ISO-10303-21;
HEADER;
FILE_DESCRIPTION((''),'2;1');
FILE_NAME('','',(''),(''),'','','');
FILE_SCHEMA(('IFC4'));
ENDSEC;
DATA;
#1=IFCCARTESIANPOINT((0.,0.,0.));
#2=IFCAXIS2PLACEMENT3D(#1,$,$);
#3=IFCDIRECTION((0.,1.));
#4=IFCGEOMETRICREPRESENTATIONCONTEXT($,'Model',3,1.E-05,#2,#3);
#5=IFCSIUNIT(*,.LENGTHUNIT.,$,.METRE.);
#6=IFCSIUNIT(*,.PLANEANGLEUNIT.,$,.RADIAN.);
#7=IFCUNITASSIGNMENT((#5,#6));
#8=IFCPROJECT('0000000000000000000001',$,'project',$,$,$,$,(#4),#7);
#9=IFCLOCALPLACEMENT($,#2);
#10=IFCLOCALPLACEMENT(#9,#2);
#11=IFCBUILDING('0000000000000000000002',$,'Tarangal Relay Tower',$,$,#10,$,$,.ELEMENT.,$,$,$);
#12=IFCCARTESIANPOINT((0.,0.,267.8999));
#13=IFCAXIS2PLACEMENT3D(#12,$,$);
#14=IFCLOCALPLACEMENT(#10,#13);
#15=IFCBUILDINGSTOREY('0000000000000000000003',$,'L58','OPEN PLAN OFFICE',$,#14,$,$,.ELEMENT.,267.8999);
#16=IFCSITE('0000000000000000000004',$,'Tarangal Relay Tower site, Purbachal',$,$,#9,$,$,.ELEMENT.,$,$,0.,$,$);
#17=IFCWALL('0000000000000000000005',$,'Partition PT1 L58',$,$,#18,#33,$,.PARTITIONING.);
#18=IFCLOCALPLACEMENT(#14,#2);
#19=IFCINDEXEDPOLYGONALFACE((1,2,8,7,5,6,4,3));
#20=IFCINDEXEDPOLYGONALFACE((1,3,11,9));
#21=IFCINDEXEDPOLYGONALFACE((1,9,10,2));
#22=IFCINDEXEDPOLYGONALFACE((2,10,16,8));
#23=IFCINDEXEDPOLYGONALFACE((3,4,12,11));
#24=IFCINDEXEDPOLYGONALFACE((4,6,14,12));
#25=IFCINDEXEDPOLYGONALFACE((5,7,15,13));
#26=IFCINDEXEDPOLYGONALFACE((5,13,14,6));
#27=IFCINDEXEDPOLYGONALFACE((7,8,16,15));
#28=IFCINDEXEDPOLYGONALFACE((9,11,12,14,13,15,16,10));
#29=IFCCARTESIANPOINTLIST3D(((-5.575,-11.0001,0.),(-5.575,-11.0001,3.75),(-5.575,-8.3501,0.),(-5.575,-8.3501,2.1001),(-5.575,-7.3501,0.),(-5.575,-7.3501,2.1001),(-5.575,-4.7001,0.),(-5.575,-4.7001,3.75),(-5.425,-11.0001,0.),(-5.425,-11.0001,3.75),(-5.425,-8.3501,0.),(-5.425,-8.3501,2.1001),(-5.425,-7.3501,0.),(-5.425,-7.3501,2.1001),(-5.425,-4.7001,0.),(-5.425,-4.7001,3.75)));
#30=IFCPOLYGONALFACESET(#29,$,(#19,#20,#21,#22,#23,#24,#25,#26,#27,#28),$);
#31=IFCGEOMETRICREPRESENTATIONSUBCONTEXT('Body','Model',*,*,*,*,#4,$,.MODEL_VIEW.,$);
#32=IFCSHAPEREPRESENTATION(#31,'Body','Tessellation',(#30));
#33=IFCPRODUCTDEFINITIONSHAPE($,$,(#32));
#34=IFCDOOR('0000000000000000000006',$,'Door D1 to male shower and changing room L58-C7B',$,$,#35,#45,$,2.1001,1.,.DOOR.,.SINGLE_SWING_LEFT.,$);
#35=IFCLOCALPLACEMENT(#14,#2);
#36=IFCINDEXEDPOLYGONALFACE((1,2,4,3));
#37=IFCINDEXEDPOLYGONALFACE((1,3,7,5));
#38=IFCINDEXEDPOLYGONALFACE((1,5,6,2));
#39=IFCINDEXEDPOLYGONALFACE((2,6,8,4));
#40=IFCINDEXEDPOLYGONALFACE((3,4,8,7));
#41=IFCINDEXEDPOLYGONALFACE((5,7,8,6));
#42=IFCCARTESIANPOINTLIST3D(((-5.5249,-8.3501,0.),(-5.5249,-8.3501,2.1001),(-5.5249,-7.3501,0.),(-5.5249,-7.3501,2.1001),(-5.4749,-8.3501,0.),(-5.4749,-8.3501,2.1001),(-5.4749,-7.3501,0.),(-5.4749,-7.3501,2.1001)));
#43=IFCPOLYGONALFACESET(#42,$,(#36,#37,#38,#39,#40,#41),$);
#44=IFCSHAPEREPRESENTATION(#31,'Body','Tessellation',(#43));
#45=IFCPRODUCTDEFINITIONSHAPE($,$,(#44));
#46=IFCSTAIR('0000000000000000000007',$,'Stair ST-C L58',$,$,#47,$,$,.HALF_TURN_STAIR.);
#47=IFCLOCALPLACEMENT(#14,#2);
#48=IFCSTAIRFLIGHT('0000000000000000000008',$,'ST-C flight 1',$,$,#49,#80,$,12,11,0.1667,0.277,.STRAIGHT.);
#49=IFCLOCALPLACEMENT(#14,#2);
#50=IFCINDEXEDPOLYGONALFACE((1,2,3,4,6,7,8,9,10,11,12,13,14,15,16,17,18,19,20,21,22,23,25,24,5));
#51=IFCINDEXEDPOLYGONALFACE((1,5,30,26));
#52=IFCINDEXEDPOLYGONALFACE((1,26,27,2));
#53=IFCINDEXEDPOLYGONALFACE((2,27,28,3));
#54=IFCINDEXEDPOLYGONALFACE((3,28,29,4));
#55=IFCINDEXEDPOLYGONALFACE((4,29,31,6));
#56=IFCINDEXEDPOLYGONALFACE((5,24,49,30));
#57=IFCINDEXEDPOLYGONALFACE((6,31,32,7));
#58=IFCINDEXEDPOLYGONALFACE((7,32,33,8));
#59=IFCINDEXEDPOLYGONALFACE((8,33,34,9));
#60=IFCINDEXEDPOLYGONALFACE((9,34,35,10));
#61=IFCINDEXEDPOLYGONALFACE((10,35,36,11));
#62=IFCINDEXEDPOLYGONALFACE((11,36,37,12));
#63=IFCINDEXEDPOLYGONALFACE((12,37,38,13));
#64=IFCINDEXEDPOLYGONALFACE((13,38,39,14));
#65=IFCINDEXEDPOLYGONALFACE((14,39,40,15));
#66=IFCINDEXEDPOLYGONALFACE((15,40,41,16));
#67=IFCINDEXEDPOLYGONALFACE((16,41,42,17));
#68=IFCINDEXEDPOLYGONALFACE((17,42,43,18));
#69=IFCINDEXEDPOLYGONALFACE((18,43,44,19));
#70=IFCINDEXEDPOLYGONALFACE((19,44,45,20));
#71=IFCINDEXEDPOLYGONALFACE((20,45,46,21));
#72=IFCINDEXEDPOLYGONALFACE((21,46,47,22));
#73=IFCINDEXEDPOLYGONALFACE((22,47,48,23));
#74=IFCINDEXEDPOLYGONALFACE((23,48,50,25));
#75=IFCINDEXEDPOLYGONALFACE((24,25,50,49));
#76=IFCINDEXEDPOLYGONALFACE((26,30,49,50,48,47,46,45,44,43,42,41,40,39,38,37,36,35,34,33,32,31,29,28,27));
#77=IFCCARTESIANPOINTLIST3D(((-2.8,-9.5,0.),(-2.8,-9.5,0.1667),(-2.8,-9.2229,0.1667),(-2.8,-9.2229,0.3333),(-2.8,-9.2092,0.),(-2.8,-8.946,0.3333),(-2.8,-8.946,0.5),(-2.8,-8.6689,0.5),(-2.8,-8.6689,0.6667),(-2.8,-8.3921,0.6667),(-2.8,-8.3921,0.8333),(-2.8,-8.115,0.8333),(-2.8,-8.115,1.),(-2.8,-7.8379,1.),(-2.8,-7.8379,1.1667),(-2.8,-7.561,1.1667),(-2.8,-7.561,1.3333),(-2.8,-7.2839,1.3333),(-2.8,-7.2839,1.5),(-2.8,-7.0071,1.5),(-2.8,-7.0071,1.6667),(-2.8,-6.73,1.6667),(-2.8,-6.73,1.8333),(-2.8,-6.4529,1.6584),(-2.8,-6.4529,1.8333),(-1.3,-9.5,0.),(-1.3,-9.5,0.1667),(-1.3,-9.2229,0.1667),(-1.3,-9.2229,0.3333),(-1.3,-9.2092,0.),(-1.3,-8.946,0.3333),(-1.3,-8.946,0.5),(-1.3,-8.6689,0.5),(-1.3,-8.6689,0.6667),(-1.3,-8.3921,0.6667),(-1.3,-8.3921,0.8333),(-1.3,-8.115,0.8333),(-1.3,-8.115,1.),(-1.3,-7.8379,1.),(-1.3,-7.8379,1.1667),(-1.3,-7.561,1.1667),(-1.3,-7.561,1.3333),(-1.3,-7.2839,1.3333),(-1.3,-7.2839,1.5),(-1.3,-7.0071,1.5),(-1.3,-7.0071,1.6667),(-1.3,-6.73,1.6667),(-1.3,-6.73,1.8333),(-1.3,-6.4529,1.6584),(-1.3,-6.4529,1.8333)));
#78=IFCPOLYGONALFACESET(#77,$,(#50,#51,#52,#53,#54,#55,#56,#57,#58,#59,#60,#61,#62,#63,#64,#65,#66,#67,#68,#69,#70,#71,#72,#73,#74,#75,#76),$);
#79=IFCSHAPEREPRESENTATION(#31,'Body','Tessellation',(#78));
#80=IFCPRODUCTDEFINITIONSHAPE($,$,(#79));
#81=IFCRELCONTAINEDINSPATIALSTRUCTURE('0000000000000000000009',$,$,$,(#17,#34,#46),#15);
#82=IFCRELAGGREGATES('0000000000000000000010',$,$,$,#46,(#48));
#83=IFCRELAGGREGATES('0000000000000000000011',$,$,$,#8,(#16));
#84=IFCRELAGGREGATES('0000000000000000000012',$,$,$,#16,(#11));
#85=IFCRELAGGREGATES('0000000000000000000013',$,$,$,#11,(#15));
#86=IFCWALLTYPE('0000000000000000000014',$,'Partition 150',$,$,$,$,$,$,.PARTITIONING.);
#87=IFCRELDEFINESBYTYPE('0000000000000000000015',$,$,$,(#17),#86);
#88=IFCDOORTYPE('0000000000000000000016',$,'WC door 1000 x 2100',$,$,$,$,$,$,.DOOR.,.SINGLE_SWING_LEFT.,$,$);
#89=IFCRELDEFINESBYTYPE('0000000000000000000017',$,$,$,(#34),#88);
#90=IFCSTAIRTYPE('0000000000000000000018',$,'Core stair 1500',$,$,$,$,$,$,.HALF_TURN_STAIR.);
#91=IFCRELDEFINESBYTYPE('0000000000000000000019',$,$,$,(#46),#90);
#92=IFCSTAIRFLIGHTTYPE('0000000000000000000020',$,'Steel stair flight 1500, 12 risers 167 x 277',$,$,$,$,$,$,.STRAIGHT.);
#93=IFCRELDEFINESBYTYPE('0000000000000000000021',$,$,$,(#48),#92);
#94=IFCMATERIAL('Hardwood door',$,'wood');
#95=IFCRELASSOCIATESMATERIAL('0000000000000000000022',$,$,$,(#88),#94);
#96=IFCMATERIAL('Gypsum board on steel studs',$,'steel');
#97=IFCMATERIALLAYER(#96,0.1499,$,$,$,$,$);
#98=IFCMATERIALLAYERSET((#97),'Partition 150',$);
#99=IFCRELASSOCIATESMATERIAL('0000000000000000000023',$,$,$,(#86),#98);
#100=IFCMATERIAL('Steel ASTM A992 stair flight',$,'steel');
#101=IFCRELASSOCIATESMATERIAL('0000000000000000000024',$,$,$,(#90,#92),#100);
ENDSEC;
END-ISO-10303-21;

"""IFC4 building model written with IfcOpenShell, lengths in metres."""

from ifc_helpers import new_model, si_unit, direction, frame, frame_2d, origin, place, context, subcontext, project, spatial, polyline, rectangle, outline, extrude, material, layer, layer_set, type_object, element, fill, aggregate, save


model = new_model("IFC4")

# Units and contexts
model_context = context("Model", 3, precision=1e-05, world=origin(), true_north=direction((0.0, 1.0)))
body_context = subcontext(model_context, "Body", "Model", "MODEL_VIEW")
ifc_project = project(units=[si_unit("LENGTHUNIT", "METRE"), si_unit("PLANEANGLEUNIT", "RADIAN")], contexts=[model_context])

# Site, building, storey
site_placement = place(None, origin())
site = spatial("IfcSite", under=ifc_project, at=site_placement, Name="Tarangal Relay Tower site, Purbachal", CompositionType="ELEMENT", RefElevation=0.0)
building_placement = place(site_placement, origin())
building = spatial("IfcBuilding", under=site, at=building_placement, Name="Tarangal Relay Tower", CompositionType="ELEMENT")
storey_placement = place(building_placement, frame((0.0, 0.0, 267.8999)))
storey = spatial("IfcBuildingStorey", under=building, at=storey_placement, Name="L58", Description="OPEN PLAN OFFICE", CompositionType="ELEMENT", Elevation=267.8999)

# Shared definitions
ifc_material_1 = material(Name="Hardwood door", Category="wood")
door_type_1 = type_object("IfcDoorType", Name="WC door 1000 x 2100", OperationType="SINGLE_SWING_LEFT", PredefinedType="DOOR", material=ifc_material_1)

# Wall, opening, door
ifc_material_2 = material(Name="Gypsum board on steel studs", Category="steel")
ifc_layer_1 = layer(ifc_material_2, 0.1499)
ifc_layer_set_1 = layer_set([ifc_layer_1], Name="Partition 150")
wall_type_1 = type_object("IfcWallType", Name="Partition 150", PredefinedType="PARTITIONING", material=ifc_layer_set_1)
wall_1_placement = place(storey_placement, frame((-5.5, -11.0, 0.0), z_axis=(0.0, 0.0, 1.0), x_axis=(0.0, 1.0, 0.0)))
wall_1 = element("IfcWall", 1, at=wall_1_placement, inside=storey, type_object=wall_type_1, Name="Partition PT1 L58", PredefinedType="PARTITIONING", context=body_context, shape_type="SweptSolid", body=[
    extrude(rectangle(XDim=6.3, YDim=0.1499, at=frame_2d((3.1499, 0.0))), origin(), (0.0, 0.0, 1.0), 3.75),
])
opening_1_placement = place(wall_1_placement, frame((2.6499, 0.0, 0.0)))
opening_1 = element("IfcOpeningElement", 2, at=opening_1_placement, cuts=wall_1, PredefinedType="OPENING", context=body_context, shape_type="SweptSolid", body=[
    extrude(rectangle(XDim=1.0, YDim=2.1001, at=frame_2d((0.5, 1.05))), frame((0.0, 0.085, 0.0), z_axis=(0.0, -1.0, 0.0), x_axis=(1.0, 0.0, 0.0)), (0.0, 0.0, 1.0), 0.1699),
])
door_1_placement = place(opening_1_placement, origin())
door_1 = element("IfcDoor", 3, at=door_1_placement, inside=storey, type_object=door_type_1, Name="Door D1 to male shower and changing room L58-C7B", OperationType="SINGLE_SWING_LEFT", OverallHeight=2.1001, OverallWidth=1.0, PredefinedType="DOOR", context=body_context, shape_type="SweptSolid", body=[
    extrude(rectangle(XDim=1.0, YDim=2.1001, at=frame_2d((0.5, 1.05))), frame((0.0, 0.0249, 0.0), z_axis=(0.0, -1.0, 0.0), x_axis=(1.0, 0.0, 0.0)), (0.0, 0.0, 1.0), 0.05),
])
fill(opening_1, door_1)

# Stair, stair flight
ifc_material_3 = material(Name="Steel ASTM A992 stair flight", Category="steel")
stair_type = type_object("IfcStairType", Name="Core stair 1500", PredefinedType="HALF_TURN_STAIR", material=ifc_material_3)
stair_placement = place(storey_placement, origin())
stair = element("IfcStair", 4, at=stair_placement, inside=storey, type_object=stair_type, Name="Stair ST-C L58", PredefinedType="HALF_TURN_STAIR")
stair_flight_type = type_object("IfcStairFlightType", Name="Steel stair flight 1500, 12 risers 167 x 277", PredefinedType="STRAIGHT", material=ifc_material_3)
stair_flight_placement = place(storey_placement, frame((-2.05, -9.5, 0.0), z_axis=(0.0, 0.0, 1.0), x_axis=(0.0, 1.0, 0.0)))
stair_flight = element("IfcStairFlight", 5, at=stair_flight_placement, type_object=stair_flight_type, Name="ST-C flight 1", NumberOfRisers=12, NumberOfTreads=11, PredefinedType="STRAIGHT", RiserHeight=0.1667, TreadLength=0.277, context=body_context, shape_type="SweptSolid", body=[
    extrude(outline(polyline([(0.0, 0.0), (0.0, 0.1667), (0.2771, 0.1667), (0.2771, 0.3333), (0.554, 0.3333), (0.554, 0.5), (0.8311, 0.5), (0.8311, 0.6667), (1.1079, 0.6667), (1.1079, 0.8333), (1.385, 0.8333), (1.385, 1.0), (1.6621, 1.0), (1.6621, 1.1667), (1.939, 1.1667), (1.939, 1.3333), (2.2161, 1.3333), (2.2161, 1.5), (2.4929, 1.5), (2.4929, 1.6667), (2.77, 1.6667), (2.77, 1.8333), (3.0471, 1.8333), (3.0471, 2.0), (3.0471, 1.6584), (0.2908, 0.0), (0.0, 0.0)])), frame((0.0, 0.75, 0.0), z_axis=(0.0, -1.0, 0.0), x_axis=(1.0, 0.0, 0.0)), (0.0, 0.0, 1.0), 1.5),
])
aggregate(stair, [stair_flight])

save(model, "model.ifc")
